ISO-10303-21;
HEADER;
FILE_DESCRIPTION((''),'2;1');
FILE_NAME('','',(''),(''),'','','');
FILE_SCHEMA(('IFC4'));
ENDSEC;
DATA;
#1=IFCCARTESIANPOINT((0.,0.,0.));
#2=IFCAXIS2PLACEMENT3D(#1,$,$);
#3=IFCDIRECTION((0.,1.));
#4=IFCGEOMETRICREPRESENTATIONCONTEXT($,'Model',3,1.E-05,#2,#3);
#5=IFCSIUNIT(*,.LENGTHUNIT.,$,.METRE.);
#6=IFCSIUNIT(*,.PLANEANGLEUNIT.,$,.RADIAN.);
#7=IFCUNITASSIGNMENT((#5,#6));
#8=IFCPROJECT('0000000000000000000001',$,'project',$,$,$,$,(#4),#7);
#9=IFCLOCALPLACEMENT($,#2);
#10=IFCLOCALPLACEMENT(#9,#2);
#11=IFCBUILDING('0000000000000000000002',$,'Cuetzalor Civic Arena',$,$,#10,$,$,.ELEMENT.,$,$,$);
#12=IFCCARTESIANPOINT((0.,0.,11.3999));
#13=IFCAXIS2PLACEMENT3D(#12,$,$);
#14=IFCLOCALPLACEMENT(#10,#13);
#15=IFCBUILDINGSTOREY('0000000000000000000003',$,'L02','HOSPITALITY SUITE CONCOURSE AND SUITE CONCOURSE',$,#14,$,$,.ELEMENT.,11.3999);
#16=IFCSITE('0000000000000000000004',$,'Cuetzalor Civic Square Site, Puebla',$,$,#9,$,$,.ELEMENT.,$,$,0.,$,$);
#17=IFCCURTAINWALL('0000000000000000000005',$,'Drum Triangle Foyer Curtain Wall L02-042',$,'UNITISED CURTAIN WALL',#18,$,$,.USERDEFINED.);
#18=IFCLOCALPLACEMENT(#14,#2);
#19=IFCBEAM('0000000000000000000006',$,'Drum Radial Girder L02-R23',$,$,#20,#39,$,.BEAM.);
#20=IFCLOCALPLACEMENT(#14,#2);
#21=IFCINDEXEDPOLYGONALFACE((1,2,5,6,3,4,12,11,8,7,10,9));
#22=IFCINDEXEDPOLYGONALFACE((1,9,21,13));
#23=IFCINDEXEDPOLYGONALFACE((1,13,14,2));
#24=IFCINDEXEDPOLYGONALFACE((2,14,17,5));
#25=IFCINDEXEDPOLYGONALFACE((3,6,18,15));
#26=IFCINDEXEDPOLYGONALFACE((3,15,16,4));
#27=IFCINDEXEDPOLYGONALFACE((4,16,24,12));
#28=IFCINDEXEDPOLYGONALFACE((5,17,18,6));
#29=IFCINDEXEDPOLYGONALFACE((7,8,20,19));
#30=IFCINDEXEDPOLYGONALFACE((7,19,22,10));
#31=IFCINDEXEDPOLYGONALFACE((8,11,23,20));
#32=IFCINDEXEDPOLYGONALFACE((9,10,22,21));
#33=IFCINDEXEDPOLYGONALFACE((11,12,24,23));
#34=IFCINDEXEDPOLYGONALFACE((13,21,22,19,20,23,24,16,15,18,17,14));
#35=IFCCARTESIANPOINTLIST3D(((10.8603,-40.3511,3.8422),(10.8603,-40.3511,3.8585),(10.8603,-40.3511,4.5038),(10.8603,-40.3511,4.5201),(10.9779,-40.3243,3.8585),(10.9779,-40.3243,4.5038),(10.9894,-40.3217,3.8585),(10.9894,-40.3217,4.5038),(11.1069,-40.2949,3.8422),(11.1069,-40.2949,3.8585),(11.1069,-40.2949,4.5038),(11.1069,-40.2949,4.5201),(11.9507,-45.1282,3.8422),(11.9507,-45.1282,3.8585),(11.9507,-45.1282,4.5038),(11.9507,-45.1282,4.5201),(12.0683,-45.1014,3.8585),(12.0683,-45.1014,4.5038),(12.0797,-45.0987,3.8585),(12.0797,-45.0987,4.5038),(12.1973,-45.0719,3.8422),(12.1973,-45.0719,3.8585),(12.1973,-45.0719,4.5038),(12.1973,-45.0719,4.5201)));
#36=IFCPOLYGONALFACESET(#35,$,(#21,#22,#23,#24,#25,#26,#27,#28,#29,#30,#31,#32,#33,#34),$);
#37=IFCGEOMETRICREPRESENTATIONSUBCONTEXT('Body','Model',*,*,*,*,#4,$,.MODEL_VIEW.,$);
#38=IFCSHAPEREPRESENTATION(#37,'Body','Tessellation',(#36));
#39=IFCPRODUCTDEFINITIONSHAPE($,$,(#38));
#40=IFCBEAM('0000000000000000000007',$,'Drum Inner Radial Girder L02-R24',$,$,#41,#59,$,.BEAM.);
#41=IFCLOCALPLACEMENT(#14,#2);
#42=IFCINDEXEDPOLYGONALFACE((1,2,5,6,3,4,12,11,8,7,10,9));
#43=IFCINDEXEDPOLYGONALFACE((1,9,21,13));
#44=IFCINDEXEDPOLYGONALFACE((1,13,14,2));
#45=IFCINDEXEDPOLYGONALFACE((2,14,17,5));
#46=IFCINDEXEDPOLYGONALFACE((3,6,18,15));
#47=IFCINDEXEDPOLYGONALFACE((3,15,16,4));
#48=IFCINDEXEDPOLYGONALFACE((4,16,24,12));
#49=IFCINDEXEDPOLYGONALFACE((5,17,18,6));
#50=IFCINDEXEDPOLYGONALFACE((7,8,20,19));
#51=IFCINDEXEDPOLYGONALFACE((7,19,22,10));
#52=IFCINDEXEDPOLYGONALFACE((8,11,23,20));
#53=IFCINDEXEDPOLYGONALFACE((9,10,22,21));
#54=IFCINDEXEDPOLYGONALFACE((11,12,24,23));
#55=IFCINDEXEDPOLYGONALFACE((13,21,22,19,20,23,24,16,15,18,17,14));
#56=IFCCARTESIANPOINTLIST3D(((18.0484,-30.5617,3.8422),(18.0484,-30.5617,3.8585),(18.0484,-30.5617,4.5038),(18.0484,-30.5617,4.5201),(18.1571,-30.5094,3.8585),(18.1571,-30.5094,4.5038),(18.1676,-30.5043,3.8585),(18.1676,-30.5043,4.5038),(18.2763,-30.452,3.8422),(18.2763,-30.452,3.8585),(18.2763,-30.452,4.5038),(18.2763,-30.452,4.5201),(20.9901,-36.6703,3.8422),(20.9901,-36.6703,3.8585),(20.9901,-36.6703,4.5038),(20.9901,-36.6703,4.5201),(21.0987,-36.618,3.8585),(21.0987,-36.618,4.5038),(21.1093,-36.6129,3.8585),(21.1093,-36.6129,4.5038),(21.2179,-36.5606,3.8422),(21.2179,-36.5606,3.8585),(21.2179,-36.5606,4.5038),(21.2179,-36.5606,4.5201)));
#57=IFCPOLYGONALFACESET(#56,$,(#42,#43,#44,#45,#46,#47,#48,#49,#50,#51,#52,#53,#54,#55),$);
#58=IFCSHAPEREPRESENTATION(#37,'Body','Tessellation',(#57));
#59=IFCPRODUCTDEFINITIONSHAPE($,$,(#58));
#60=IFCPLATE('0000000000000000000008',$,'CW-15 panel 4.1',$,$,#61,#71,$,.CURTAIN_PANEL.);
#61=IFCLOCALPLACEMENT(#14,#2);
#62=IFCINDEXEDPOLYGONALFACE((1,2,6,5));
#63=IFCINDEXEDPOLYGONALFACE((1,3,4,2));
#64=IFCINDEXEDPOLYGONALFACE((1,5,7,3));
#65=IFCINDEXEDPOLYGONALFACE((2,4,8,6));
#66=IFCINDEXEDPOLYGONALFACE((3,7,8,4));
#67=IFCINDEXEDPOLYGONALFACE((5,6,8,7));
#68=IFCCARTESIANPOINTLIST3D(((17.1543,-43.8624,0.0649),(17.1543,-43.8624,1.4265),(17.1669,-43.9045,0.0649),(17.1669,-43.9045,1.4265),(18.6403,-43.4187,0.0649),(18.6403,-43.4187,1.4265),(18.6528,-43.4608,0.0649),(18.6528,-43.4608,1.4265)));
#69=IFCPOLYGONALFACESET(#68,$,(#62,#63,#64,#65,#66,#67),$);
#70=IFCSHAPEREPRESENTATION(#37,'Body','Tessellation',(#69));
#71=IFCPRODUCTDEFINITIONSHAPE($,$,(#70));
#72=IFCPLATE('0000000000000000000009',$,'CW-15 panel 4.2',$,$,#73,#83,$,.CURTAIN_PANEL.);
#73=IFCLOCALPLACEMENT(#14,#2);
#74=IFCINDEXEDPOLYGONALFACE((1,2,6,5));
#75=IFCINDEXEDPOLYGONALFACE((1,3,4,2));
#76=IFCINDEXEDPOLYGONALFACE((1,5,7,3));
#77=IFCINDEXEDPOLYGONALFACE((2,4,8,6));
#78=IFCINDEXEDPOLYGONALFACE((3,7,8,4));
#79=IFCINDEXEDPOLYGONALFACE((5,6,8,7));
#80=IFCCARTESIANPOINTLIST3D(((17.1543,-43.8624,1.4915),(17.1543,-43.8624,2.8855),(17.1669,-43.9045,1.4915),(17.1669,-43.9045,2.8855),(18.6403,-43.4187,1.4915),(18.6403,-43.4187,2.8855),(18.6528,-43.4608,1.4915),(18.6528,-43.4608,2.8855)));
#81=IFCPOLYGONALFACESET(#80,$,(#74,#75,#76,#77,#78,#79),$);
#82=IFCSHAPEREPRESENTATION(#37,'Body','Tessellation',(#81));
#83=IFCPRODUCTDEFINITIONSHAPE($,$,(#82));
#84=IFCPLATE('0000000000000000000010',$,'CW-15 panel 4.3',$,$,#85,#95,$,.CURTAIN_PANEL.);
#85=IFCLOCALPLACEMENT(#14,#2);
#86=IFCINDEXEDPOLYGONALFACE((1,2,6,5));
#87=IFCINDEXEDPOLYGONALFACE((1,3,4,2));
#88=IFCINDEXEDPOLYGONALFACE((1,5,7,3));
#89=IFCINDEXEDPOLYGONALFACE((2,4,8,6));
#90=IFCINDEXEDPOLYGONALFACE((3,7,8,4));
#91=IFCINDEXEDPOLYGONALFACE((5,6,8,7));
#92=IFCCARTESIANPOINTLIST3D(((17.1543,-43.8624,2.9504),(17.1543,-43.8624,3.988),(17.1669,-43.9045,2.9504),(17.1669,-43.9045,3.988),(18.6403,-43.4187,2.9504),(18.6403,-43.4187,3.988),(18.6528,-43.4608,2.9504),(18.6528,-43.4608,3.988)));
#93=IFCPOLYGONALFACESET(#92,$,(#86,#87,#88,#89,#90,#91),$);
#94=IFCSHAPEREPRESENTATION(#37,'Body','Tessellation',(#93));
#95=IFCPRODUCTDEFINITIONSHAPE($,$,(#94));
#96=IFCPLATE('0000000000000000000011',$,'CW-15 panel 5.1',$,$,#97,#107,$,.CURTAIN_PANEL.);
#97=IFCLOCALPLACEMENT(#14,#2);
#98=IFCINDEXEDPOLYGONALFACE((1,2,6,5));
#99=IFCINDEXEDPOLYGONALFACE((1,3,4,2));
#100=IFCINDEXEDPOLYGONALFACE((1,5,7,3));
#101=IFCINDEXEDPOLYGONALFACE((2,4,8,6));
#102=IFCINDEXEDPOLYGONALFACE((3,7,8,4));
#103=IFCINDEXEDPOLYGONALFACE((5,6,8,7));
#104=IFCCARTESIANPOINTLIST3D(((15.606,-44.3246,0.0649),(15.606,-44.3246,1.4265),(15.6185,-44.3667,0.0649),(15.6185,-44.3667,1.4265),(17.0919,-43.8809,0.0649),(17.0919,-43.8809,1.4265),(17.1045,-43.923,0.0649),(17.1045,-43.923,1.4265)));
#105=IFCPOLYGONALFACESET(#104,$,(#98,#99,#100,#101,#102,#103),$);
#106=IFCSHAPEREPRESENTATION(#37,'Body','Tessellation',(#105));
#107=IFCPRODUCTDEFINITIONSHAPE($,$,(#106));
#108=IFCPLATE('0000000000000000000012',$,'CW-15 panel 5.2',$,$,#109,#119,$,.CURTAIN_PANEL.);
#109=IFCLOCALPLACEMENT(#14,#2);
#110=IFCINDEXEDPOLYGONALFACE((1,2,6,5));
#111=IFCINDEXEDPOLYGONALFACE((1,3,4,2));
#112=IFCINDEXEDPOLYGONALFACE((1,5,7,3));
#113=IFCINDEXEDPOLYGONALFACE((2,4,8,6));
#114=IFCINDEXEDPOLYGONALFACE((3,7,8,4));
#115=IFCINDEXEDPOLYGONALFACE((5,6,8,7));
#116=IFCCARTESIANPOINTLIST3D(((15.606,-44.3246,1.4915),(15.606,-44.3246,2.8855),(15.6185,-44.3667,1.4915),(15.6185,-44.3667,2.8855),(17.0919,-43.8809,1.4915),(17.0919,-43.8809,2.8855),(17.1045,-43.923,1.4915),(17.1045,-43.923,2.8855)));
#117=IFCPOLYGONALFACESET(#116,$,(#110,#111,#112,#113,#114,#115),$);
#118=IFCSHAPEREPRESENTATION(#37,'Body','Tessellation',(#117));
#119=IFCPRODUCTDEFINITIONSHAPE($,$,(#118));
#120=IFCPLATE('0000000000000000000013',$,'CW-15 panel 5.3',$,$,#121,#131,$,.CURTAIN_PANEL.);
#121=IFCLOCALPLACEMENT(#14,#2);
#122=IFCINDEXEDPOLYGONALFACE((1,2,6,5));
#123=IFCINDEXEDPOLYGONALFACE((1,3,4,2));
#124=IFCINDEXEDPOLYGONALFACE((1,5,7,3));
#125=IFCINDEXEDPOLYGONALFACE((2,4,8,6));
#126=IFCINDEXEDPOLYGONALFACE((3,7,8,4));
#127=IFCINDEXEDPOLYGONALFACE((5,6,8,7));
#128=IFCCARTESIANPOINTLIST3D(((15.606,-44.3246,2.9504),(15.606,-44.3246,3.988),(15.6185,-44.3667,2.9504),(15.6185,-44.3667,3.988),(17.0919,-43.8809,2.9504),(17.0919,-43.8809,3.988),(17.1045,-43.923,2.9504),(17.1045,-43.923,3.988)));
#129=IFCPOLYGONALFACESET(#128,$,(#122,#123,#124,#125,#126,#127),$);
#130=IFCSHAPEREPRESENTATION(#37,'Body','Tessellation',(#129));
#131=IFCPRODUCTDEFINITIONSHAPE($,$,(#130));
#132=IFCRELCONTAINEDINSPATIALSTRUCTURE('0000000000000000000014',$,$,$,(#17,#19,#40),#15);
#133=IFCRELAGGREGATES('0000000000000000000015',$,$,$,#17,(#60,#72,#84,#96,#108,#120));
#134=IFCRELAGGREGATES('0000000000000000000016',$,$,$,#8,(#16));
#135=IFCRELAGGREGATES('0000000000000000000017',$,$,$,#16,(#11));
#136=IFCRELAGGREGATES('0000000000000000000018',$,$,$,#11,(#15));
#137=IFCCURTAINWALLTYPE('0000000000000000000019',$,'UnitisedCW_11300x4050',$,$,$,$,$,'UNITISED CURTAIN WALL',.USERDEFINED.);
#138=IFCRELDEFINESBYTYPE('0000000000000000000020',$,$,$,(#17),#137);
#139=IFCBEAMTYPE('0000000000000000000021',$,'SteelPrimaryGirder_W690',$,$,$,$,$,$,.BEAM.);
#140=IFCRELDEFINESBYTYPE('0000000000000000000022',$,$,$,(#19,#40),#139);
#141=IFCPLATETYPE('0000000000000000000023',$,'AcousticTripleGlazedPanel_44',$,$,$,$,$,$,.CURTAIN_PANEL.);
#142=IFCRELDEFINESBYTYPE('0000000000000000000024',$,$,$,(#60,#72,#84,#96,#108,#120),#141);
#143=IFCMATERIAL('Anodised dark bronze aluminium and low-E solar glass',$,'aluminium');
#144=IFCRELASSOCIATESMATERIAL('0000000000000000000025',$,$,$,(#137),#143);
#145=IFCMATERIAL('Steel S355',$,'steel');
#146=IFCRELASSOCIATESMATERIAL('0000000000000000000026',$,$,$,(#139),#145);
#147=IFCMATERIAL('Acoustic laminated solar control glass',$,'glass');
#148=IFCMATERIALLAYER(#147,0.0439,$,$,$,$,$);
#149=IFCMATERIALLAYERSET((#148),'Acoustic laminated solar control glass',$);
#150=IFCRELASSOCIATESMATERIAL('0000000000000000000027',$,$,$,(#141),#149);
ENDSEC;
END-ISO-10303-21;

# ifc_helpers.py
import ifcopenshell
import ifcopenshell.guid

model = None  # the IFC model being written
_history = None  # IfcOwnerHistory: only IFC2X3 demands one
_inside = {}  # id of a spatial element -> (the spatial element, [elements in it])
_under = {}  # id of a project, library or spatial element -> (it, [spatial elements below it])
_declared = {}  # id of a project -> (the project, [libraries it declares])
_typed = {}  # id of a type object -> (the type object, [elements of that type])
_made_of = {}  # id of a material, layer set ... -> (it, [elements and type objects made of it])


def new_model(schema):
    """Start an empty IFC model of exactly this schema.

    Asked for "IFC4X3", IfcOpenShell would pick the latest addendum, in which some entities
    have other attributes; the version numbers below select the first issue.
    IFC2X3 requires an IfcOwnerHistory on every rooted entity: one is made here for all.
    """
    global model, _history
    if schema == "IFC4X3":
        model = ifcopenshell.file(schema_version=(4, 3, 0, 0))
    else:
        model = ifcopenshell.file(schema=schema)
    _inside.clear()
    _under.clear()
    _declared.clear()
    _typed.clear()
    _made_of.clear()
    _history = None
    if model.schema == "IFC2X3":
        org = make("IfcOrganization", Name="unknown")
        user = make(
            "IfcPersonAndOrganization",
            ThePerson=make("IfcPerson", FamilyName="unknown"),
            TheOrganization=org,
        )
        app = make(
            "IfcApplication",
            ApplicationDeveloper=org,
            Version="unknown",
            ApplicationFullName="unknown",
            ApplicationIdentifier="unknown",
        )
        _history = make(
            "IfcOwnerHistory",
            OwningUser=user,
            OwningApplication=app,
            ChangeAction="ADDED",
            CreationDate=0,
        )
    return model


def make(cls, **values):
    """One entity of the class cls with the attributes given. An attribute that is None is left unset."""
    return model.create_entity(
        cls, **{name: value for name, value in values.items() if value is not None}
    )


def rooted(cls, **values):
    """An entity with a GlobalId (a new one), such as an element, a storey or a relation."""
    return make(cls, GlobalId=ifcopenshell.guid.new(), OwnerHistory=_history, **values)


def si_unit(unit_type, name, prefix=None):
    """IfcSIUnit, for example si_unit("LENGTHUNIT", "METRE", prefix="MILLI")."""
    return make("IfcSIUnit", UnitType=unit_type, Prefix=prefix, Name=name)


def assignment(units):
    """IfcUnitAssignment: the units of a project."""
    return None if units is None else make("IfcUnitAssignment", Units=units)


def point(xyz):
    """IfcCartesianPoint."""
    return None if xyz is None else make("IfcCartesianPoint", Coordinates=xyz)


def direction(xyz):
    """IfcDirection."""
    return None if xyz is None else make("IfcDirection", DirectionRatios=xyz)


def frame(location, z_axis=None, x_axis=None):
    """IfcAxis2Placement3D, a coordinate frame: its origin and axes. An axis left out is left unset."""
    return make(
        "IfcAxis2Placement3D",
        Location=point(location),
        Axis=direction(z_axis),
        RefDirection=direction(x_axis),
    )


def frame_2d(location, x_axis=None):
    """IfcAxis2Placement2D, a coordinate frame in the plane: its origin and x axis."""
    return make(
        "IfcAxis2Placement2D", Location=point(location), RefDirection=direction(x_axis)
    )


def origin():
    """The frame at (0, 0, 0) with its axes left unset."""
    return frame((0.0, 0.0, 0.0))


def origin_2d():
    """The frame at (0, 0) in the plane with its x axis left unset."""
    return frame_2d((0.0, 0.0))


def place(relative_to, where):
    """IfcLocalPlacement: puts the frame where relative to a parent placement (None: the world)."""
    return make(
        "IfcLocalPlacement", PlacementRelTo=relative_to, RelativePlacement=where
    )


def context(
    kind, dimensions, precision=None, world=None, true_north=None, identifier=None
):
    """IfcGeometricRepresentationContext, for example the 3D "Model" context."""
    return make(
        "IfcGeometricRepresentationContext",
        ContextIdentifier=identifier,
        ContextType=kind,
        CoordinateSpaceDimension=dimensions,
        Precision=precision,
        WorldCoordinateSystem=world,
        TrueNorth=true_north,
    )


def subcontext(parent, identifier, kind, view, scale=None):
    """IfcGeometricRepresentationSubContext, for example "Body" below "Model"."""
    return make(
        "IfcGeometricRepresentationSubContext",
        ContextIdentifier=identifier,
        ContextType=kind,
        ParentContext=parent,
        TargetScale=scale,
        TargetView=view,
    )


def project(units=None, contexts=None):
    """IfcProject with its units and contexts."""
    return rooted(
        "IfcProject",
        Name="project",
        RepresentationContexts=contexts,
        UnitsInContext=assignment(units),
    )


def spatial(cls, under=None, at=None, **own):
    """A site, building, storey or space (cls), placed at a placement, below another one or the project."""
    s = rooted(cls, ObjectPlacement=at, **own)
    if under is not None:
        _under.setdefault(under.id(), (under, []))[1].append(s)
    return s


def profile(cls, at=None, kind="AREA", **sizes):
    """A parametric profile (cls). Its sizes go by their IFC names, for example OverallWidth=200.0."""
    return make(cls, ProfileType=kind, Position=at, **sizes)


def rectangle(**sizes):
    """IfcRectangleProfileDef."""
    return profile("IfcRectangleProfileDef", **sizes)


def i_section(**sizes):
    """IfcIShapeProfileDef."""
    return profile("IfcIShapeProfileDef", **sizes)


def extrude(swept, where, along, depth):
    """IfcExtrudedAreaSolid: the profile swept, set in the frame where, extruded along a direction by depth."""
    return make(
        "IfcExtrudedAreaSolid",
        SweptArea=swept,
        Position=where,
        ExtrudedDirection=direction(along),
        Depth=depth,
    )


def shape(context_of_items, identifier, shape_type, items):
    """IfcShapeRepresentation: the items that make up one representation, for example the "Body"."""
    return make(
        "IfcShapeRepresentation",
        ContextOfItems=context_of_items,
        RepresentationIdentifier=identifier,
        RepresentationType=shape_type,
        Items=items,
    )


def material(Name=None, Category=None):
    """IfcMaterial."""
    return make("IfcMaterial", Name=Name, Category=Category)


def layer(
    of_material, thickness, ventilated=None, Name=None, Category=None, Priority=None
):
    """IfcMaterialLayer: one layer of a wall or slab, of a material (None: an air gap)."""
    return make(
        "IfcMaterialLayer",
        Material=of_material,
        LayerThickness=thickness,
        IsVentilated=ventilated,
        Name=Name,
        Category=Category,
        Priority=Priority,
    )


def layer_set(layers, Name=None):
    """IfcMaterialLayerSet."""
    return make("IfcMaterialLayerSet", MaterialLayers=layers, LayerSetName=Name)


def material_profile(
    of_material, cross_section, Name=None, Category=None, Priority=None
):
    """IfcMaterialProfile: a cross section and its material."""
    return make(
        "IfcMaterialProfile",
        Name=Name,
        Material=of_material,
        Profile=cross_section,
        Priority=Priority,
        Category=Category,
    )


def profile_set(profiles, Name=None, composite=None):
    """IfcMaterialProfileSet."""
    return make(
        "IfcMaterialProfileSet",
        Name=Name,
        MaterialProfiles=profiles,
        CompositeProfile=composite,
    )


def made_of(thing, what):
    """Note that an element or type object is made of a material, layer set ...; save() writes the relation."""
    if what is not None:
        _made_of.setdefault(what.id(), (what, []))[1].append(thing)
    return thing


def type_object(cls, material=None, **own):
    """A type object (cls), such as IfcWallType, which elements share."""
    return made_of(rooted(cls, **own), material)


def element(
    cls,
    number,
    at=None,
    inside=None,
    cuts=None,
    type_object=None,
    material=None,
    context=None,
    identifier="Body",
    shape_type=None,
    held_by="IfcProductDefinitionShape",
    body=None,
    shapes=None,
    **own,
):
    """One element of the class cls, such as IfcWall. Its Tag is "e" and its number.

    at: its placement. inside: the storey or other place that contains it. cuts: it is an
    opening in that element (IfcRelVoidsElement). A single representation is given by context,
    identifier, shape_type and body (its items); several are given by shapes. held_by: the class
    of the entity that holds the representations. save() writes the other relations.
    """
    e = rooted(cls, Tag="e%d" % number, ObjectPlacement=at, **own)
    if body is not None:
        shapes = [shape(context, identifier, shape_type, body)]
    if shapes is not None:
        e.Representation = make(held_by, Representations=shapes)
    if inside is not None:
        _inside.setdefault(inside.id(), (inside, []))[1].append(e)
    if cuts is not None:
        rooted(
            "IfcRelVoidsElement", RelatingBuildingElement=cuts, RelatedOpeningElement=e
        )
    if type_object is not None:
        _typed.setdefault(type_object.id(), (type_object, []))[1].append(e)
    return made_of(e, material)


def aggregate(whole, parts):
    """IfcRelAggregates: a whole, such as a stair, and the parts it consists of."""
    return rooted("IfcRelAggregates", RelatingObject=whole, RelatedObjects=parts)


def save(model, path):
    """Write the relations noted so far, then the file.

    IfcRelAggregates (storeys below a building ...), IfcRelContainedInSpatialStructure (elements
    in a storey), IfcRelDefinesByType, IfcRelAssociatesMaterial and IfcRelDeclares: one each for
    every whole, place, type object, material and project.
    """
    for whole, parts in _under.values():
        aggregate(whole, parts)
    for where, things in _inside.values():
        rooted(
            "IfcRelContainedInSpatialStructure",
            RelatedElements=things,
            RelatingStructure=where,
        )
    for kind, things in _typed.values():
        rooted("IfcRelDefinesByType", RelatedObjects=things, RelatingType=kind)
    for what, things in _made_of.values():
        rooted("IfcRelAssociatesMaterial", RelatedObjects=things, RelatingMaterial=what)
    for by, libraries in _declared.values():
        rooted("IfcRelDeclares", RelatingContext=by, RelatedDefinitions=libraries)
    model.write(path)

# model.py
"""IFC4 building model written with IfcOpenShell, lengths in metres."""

from ifc_helpers import new_model, si_unit, direction, frame, origin, origin_2d, place, context, subcontext, project, spatial, rectangle, i_section, extrude, material, layer, layer_set, material_profile, profile_set, type_object, element, aggregate, save


model = new_model("IFC4")

# Units and contexts
model_context = context("Model", 3, precision=1e-05, world=origin(), true_north=direction((0.0, 1.0)))
body_context = subcontext(model_context, "Body", "Model", "MODEL_VIEW")
ifc_project = project(units=[si_unit("LENGTHUNIT", "METRE"), si_unit("PLANEANGLEUNIT", "RADIAN")], contexts=[model_context])

# Site, building, storey
site_placement = place(None, origin())
site = spatial("IfcSite", under=ifc_project, at=site_placement, Name="Cuetzalor Civic Square Site, Puebla", CompositionType="ELEMENT", RefElevation=0.0)
building_placement = place(site_placement, origin())
building = spatial("IfcBuilding", under=site, at=building_placement, Name="Cuetzalor Civic Arena", CompositionType="ELEMENT")
storey_placement = place(building_placement, frame((0.0, 0.0, 11.3999)))
storey = spatial("IfcBuildingStorey", under=building, at=storey_placement, Name="L02", Description="HOSPITALITY SUITE CONCOURSE AND SUITE CONCOURSE", CompositionType="ELEMENT", Elevation=11.3999)

# Curtain wall
ifc_material_1 = material(Name="Anodised dark bronze aluminium and low-E solar glass", Category="aluminium")
curtain_wall_type = type_object("IfcCurtainWallType", Name="UnitisedCW_11300x4050", ElementType="UNITISED CURTAIN WALL", PredefinedType="USERDEFINED", material=ifc_material_1)
curtain_wall_placement = place(storey_placement, origin())
curtain_wall = element("IfcCurtainWall", 1, at=curtain_wall_placement, inside=storey, type_object=curtain_wall_type, Name="Drum Triangle Foyer Curtain Wall L02-042", ObjectType="UNITISED CURTAIN WALL", PredefinedType="USERDEFINED")

# Beams
ifc_material_2 = material(Name="Steel S355", Category="steel")
ifc_material_profile_1 = material_profile(ifc_material_2, i_section(OverallWidth=0.2529, OverallDepth=0.678, WebThickness=0.0117, FlangeThickness=0.0164, at=origin_2d()), Name="W690x125")
ifc_profile_set_1 = profile_set([ifc_material_profile_1], Name="Steel S355")
beam_type_1 = type_object("IfcBeamType", Name="SteelPrimaryGirder_W690", PredefinedType="BEAM", material=ifc_profile_set_1)
beam_1_placement = place(storey_placement, frame((10.9836, -40.323, 4.1812), z_axis=(0.222519, -0.974928, 0.0), x_axis=(0.974928, 0.222519, 0.0)))
element("IfcBeam", 2, at=beam_1_placement, inside=storey, type_object=beam_type_1, Name="Drum Radial Girder L02-R23", PredefinedType="BEAM", context=body_context, shape_type="SweptSolid", body=[
    extrude(i_section(OverallWidth=0.2529, OverallDepth=0.678, WebThickness=0.0117, FlangeThickness=0.0164, at=origin_2d()), origin(), (0.0, 0.0, 1.0), 4.8999),
])
beam_2_placement = place(storey_placement, frame((18.1624, -30.5068, 4.1812), z_axis=(0.43387, -0.900976, 0.0), x_axis=(0.900976, 0.43387, 0.0)))
element("IfcBeam", 3, at=beam_2_placement, inside=storey, type_object=beam_type_1, Name="Drum Inner Radial Girder L02-R24", PredefinedType="BEAM", context=body_context, shape_type="SweptSolid", body=[
    extrude(i_section(OverallWidth=0.2529, OverallDepth=0.678, WebThickness=0.0117, FlangeThickness=0.0164, at=origin_2d()), origin(), (0.0, 0.0, 1.0), 6.78),
])

# Plates
ifc_material_3 = material(Name="Acoustic laminated solar control glass", Category="glass")
ifc_layer = layer(ifc_material_3, 0.0439)
ifc_layer_set = layer_set([ifc_layer], Name="Acoustic laminated solar control glass")
plate_type = type_object("IfcPlateType", Name="AcousticTripleGlazedPanel_44", PredefinedType="CURTAIN_PANEL", material=ifc_layer_set)
plate_1_placement = place(storey_placement, frame((17.9036, -43.6616, 0.0649), z_axis=(0.0, 0.0, 1.0), x_axis=(-0.958194, -0.28612, 0.0)))
plate_1 = element("IfcPlate", 4, at=plate_1_placement, type_object=plate_type, Name="CW-15 panel 4.1", PredefinedType="CURTAIN_PANEL", context=body_context, shape_type="SweptSolid", body=[
    extrude(rectangle(XDim=1.5508, YDim=0.0439, at=origin_2d()), origin(), (0.0, 0.0, 1.0), 1.3616),
])
plate_2_placement = place(storey_placement, frame((17.9036, -43.6616, 1.4915), z_axis=(0.0, 0.0, 1.0), x_axis=(-0.958194, -0.28612, 0.0)))
plate_2 = element("IfcPlate", 5, at=plate_2_placement, type_object=plate_type, Name="CW-15 panel 4.2", PredefinedType="CURTAIN_PANEL", context=body_context, shape_type="SweptSolid", body=[
    extrude(rectangle(XDim=1.5508, YDim=0.0439, at=origin_2d()), origin(), (0.0, 0.0, 1.0), 1.394),
])
plate_3_placement = place(storey_placement, frame((17.9036, -43.6616, 2.9504), z_axis=(0.0, 0.0, 1.0), x_axis=(-0.958194, -0.28612, 0.0)))
plate_3 = element("IfcPlate", 6, at=plate_3_placement, type_object=plate_type, Name="CW-15 panel 4.3", PredefinedType="CURTAIN_PANEL", context=body_context, shape_type="SweptSolid", body=[
    extrude(rectangle(XDim=1.5508, YDim=0.0439, at=origin_2d()), origin(), (0.0, 0.0, 1.0), 1.0376),
])
plate_4_placement = place(storey_placement, frame((16.3552, -44.1238, 0.0649), z_axis=(0.0, 0.0, 1.0), x_axis=(-0.958194, -0.28612, 0.0)))
plate_4 = element("IfcPlate", 7, at=plate_4_placement, type_object=plate_type, Name="CW-15 panel 5.1", PredefinedType="CURTAIN_PANEL", context=body_context, shape_type="SweptSolid", body=[
    extrude(rectangle(XDim=1.5508, YDim=0.0439, at=origin_2d()), origin(), (0.0, 0.0, 1.0), 1.3616),
])
plate_5_placement = place(storey_placement, frame((16.3552, -44.1238, 1.4915), z_axis=(0.0, 0.0, 1.0), x_axis=(-0.958194, -0.28612, 0.0)))
plate_5 = element("IfcPlate", 8, at=plate_5_placement, type_object=plate_type, Name="CW-15 panel 5.2", PredefinedType="CURTAIN_PANEL", context=body_context, shape_type="SweptSolid", body=[
    extrude(rectangle(XDim=1.5508, YDim=0.0439, at=origin_2d()), origin(), (0.0, 0.0, 1.0), 1.394),
])
plate_6_placement = place(storey_placement, frame((16.3552, -44.1238, 2.9504), z_axis=(0.0, 0.0, 1.0), x_axis=(-0.958194, -0.28612, 0.0)))
plate_6 = element("IfcPlate", 9, at=plate_6_placement, type_object=plate_type, Name="CW-15 panel 5.3", PredefinedType="CURTAIN_PANEL", context=body_context, shape_type="SweptSolid", body=[
    extrude(rectangle(XDim=1.5508, YDim=0.0439, at=origin_2d()), origin(), (0.0, 0.0, 1.0), 1.0376),
])
aggregate(curtain_wall, [plate_1, plate_2, plate_3, plate_4, plate_5, plate_6])

save(model, "model.ifc")
